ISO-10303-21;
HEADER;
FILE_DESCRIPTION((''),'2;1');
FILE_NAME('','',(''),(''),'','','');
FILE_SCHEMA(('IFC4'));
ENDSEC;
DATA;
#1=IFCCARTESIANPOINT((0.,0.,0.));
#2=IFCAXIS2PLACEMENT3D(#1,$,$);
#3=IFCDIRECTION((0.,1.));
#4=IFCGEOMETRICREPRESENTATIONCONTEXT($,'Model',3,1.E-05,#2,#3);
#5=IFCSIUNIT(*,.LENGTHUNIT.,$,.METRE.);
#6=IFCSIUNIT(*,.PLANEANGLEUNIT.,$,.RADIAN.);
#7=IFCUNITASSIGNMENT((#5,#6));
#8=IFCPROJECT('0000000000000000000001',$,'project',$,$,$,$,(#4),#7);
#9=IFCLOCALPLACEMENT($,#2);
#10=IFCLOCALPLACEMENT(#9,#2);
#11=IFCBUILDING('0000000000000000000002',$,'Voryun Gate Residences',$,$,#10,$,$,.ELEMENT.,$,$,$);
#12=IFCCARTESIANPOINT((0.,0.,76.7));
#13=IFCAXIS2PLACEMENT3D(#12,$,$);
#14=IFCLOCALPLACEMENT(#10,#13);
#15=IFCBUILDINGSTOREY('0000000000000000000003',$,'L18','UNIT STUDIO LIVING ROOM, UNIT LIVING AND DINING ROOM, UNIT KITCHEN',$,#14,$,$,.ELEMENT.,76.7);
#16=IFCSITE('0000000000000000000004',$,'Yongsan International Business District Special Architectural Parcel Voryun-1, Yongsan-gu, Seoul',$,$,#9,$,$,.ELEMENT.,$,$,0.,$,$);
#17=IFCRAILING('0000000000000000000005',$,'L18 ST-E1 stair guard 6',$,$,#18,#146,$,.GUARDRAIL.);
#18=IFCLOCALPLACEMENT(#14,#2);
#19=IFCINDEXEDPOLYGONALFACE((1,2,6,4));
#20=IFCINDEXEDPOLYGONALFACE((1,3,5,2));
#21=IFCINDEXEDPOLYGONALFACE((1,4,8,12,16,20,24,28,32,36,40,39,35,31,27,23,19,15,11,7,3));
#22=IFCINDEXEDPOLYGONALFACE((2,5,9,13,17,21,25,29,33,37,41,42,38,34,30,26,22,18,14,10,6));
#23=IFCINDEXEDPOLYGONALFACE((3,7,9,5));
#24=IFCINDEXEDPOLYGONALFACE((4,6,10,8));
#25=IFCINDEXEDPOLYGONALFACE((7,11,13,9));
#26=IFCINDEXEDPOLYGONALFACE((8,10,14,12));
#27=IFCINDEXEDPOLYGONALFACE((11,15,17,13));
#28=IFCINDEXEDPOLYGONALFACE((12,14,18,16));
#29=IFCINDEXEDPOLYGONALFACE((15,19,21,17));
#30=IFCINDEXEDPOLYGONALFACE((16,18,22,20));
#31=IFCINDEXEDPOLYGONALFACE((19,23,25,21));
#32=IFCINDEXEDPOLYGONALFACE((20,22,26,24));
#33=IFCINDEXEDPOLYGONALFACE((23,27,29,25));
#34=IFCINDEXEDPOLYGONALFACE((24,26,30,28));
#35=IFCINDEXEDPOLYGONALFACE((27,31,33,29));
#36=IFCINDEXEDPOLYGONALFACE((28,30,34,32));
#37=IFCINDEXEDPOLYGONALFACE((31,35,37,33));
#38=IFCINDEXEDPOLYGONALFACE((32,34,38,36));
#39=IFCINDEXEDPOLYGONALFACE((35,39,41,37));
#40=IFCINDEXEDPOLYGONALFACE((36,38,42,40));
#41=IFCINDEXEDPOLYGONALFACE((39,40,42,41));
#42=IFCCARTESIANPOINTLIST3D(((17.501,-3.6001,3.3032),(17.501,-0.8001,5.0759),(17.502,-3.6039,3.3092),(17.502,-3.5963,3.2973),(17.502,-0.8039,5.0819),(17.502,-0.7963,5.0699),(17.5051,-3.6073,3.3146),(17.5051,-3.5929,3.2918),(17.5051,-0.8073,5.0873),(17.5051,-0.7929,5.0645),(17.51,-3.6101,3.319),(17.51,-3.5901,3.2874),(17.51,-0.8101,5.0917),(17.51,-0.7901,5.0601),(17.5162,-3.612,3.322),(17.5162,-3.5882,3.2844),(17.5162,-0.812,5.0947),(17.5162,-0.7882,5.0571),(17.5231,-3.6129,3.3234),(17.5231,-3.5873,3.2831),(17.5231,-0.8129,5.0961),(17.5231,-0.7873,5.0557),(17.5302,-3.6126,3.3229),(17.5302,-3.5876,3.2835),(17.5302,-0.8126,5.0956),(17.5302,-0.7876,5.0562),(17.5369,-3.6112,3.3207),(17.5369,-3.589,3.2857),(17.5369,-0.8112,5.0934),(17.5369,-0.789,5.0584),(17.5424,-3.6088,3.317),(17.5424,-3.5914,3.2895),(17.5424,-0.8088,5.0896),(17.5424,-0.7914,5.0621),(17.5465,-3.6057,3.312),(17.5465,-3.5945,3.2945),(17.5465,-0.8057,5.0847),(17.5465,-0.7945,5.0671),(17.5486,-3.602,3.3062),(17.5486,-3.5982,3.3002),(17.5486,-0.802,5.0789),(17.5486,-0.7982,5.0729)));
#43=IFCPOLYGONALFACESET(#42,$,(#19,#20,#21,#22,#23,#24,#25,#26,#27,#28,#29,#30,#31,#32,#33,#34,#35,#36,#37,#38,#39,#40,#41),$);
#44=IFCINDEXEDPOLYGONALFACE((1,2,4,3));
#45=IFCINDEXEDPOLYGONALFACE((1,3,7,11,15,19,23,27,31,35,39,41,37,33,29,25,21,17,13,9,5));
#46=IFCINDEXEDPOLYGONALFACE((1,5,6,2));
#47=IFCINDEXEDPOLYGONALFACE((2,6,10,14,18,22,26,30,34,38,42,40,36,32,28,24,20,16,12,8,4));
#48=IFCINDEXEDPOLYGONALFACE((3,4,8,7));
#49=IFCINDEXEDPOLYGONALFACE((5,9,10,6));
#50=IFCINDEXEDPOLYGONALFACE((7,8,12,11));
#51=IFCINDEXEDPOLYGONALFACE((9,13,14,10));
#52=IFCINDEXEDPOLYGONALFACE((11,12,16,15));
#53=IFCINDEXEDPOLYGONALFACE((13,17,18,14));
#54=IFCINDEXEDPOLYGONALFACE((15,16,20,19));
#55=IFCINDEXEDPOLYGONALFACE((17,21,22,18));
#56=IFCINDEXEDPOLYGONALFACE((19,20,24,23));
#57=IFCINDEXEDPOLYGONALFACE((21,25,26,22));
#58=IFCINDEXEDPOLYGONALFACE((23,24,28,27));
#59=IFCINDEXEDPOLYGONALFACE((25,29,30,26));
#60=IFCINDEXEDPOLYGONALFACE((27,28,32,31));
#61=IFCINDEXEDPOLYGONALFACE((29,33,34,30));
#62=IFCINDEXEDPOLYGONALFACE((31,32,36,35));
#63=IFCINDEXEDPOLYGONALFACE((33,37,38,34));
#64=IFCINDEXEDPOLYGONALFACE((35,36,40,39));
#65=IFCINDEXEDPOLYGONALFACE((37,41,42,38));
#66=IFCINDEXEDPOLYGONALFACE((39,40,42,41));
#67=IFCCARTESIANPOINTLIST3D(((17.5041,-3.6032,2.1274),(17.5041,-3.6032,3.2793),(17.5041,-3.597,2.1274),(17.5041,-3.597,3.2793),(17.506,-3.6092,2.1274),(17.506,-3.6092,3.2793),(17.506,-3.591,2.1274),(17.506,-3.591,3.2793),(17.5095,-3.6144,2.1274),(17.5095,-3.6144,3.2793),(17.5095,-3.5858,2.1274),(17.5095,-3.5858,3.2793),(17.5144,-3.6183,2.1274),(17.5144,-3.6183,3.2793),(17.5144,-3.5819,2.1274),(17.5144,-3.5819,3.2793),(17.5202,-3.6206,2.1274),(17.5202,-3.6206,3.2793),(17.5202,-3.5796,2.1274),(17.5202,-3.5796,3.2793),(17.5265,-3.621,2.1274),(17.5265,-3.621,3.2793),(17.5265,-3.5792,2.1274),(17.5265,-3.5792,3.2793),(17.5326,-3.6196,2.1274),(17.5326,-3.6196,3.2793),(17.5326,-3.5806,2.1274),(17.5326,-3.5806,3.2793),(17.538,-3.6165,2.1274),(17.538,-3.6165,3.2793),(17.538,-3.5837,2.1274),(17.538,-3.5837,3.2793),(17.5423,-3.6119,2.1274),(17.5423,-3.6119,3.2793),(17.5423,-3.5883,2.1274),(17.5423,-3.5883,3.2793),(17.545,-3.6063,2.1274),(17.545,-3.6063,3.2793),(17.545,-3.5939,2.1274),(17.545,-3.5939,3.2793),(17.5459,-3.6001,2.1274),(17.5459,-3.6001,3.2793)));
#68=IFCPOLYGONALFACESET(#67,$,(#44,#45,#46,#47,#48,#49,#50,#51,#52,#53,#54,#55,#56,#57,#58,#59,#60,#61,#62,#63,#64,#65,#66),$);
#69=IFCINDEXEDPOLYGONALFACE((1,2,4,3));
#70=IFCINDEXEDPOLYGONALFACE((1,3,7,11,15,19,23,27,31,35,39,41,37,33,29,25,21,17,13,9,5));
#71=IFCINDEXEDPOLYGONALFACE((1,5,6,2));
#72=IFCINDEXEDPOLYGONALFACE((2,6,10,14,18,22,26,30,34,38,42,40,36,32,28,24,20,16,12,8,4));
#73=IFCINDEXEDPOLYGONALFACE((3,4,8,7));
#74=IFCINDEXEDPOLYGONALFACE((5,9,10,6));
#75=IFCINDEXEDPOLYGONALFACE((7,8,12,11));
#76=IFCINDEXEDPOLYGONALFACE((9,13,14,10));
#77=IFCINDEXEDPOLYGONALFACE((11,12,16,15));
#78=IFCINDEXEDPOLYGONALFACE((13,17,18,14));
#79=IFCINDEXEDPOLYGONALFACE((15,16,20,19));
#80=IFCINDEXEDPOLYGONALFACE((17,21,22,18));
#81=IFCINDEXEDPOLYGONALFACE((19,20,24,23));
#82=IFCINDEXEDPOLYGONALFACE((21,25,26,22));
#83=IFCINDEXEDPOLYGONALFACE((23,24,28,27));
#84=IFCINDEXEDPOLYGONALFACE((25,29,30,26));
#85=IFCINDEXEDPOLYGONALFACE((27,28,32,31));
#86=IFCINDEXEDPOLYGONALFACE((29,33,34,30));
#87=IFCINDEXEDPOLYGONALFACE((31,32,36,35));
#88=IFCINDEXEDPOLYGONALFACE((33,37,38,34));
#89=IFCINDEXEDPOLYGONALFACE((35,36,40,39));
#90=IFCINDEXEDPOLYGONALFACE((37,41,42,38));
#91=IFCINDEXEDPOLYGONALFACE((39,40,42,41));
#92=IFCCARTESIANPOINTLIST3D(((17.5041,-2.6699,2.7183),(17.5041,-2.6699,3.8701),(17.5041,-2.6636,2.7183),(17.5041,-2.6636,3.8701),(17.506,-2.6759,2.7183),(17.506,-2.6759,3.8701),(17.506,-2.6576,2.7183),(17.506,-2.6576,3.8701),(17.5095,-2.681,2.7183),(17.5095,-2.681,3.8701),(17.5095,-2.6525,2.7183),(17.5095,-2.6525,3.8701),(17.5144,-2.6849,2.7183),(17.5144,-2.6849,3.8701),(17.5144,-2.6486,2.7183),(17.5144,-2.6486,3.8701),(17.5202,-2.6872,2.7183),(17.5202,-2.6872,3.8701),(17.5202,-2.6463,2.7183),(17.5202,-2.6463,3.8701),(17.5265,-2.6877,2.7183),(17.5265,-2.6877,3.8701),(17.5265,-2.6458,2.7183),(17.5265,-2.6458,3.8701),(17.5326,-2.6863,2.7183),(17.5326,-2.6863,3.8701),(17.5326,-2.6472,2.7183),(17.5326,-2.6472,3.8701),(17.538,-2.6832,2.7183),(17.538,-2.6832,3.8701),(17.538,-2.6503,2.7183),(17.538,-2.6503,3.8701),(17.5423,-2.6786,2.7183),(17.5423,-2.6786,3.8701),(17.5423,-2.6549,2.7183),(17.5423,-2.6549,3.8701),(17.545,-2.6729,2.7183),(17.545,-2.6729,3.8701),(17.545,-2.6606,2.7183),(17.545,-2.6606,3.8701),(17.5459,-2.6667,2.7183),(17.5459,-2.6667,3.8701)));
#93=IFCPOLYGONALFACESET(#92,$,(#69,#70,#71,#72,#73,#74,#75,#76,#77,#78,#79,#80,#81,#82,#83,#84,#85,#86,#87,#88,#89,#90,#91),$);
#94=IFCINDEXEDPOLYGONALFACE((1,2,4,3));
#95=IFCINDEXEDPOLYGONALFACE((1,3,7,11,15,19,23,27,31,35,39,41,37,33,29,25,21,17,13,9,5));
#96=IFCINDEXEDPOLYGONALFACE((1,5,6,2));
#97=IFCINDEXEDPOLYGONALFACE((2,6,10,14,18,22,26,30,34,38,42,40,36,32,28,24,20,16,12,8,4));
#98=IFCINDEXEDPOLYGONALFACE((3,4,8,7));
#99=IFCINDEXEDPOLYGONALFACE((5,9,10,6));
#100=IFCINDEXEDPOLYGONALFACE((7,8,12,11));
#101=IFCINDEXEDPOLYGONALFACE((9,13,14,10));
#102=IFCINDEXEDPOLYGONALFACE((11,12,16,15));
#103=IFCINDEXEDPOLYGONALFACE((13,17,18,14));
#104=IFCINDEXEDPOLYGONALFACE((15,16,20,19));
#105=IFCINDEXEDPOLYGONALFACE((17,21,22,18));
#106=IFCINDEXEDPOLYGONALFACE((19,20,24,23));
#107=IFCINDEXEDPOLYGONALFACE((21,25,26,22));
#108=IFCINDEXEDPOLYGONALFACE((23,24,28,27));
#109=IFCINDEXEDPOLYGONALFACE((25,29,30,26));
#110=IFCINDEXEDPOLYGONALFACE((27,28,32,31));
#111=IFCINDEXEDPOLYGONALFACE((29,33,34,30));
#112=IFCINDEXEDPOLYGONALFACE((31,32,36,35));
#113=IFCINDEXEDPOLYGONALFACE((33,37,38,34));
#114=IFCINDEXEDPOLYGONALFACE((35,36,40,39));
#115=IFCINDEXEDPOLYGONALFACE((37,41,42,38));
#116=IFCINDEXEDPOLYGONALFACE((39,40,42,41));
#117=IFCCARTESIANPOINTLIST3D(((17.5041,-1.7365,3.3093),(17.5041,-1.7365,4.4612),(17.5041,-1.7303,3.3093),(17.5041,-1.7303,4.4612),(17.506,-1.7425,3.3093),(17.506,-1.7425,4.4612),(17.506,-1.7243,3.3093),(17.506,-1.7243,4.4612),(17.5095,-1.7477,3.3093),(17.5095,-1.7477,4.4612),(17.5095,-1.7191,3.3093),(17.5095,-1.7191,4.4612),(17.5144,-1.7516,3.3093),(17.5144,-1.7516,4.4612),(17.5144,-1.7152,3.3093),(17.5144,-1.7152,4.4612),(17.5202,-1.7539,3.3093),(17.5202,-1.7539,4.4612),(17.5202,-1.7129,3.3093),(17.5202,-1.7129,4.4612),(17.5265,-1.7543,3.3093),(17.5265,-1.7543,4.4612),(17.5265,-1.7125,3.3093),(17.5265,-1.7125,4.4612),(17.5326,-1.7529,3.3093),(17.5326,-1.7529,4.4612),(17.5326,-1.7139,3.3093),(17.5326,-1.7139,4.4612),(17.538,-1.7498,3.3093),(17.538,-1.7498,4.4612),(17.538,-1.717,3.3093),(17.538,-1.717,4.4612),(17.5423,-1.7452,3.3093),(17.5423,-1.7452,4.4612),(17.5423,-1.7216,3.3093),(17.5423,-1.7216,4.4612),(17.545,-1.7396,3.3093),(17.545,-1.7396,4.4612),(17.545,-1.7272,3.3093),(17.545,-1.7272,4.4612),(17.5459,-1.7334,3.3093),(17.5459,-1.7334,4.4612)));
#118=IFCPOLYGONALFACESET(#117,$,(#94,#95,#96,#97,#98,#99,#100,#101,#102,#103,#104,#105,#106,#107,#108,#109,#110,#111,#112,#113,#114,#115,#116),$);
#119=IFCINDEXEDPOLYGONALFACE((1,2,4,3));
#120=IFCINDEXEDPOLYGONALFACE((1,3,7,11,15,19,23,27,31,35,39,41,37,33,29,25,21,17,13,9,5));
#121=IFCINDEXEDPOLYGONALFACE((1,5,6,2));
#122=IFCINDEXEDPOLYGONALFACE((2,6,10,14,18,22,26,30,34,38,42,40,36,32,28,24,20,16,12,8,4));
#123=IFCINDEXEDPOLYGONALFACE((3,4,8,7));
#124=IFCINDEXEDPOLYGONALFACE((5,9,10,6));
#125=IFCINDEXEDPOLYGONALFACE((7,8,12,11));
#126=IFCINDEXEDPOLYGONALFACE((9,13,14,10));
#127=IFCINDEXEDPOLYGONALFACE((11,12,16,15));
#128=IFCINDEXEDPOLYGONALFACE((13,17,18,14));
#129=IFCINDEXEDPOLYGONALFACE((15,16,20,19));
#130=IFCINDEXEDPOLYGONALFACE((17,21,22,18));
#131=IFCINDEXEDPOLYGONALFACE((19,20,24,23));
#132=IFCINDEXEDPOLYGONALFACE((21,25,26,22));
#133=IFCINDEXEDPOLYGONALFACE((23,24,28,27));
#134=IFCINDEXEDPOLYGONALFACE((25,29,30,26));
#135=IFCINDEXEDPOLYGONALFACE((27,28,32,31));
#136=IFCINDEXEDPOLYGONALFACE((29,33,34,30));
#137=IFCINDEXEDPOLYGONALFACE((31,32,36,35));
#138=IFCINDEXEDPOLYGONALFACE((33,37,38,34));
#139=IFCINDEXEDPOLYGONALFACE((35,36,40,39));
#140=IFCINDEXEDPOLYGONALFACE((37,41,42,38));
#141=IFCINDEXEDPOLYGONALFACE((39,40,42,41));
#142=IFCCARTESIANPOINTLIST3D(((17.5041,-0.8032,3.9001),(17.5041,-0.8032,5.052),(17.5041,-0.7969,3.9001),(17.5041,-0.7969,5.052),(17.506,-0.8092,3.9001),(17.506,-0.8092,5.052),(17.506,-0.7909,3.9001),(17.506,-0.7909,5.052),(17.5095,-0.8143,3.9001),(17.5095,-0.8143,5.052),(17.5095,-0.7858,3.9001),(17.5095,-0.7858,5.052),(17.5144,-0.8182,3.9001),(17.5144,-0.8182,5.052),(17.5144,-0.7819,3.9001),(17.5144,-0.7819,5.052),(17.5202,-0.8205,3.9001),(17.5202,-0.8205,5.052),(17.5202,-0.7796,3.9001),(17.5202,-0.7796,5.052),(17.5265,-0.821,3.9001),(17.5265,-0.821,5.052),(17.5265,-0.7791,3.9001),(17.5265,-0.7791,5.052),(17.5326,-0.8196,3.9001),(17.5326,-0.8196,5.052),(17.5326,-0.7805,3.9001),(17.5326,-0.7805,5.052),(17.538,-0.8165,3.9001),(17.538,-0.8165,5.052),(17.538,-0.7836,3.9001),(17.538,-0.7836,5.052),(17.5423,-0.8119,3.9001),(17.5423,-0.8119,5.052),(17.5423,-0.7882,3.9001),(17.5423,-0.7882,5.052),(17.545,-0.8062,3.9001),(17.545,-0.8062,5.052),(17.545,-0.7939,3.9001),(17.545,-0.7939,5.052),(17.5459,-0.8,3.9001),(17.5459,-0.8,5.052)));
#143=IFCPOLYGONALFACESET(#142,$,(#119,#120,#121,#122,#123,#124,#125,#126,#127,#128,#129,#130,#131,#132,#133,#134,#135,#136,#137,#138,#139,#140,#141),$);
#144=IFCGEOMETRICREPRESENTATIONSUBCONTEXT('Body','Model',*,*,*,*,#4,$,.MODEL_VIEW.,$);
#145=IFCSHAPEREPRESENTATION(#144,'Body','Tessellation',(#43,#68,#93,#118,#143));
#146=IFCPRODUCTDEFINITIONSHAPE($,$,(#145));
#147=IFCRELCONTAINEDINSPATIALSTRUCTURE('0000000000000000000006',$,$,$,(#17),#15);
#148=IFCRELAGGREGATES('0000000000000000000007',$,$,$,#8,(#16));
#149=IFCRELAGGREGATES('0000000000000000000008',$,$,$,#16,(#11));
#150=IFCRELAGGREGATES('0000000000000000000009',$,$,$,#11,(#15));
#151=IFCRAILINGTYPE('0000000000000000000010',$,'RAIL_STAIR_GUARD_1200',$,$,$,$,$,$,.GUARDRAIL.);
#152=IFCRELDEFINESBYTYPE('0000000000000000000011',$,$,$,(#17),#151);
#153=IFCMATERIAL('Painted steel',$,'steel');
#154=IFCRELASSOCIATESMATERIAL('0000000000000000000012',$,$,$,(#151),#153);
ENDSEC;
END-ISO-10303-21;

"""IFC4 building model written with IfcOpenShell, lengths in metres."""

from ifc_helpers import new_model, si_unit, direction, frame, origin, origin_2d, place, context, subcontext, project, spatial, circle, extrude, material, type_object, element, save


model = new_model("IFC4")

# Units and contexts
model_context = context("Model", 3, precision=1e-05, world=origin(), true_north=direction((0.0, 1.0)))
body_context = subcontext(model_context, "Body", "Model", "MODEL_VIEW")
ifc_project = project(units=[si_unit("LENGTHUNIT", "METRE"), si_unit("PLANEANGLEUNIT", "RADIAN")], contexts=[model_context])

# Site, building, storey
site_placement = place(None, origin())
site = spatial("IfcSite", under=ifc_project, at=site_placement, Name="Yongsan International Business District Special Architectural Parcel Voryun-1, Yongsan-gu, Seoul", CompositionType="ELEMENT", RefElevation=0.0)
building_placement = place(site_placement, origin())
building = spatial("IfcBuilding", under=site, at=building_placement, Name="Voryun Gate Residences", CompositionType="ELEMENT")
storey_placement = place(building_placement, frame((0.0, 0.0, 76.7)))
storey = spatial("IfcBuildingStorey", under=building, at=storey_placement, Name="L18", Description="UNIT STUDIO LIVING ROOM, UNIT LIVING AND DINING ROOM, UNIT KITCHEN", CompositionType="ELEMENT", Elevation=76.7)

# Railing
ifc_material_1 = material(Name="Painted steel", Category="steel")
railing_type_1 = type_object("IfcRailingType", Name="RAIL_STAIR_GUARD_1200", PredefinedType="GUARDRAIL", material=ifc_material_1)
railing_1_placement = place(storey_placement, frame((17.5249, -3.6001, 2.1274)))
element("IfcRailing", 1, at=railing_1_placement, inside=storey, type_object=railing_type_1, Name="L18 ST-E1 stair guard 6", PredefinedType="GUARDRAIL", context=body_context, shape_type="SweptSolid", body=[
    extrude(circle(Radius=0.0239, at=origin_2d()), frame((0.0, 0.0, 1.1758), z_axis=(0.0, 0.844909, 0.53491), x_axis=(-1.0, 0.0, 0.0)), (0.0, 0.0, 1.0), 3.314),
    extrude(circle(Radius=0.021, at=origin_2d()), origin(), (0.0, 0.0, 1.0), 1.1519),
    extrude(circle(Radius=0.021, at=origin_2d()), frame((0.0, 0.9333, 0.5908)), (0.0, 0.0, 1.0), 1.1519),
    extrude(circle(Radius=0.021, at=origin_2d()), frame((0.0, 1.8667, 1.1819)), (0.0, 0.0, 1.0), 1.1519),
    extrude(circle(Radius=0.021, at=origin_2d()), frame((0.0, 2.8, 1.7727)), (0.0, 0.0, 1.0), 1.1519),
])

save(model, "model.ifc")
